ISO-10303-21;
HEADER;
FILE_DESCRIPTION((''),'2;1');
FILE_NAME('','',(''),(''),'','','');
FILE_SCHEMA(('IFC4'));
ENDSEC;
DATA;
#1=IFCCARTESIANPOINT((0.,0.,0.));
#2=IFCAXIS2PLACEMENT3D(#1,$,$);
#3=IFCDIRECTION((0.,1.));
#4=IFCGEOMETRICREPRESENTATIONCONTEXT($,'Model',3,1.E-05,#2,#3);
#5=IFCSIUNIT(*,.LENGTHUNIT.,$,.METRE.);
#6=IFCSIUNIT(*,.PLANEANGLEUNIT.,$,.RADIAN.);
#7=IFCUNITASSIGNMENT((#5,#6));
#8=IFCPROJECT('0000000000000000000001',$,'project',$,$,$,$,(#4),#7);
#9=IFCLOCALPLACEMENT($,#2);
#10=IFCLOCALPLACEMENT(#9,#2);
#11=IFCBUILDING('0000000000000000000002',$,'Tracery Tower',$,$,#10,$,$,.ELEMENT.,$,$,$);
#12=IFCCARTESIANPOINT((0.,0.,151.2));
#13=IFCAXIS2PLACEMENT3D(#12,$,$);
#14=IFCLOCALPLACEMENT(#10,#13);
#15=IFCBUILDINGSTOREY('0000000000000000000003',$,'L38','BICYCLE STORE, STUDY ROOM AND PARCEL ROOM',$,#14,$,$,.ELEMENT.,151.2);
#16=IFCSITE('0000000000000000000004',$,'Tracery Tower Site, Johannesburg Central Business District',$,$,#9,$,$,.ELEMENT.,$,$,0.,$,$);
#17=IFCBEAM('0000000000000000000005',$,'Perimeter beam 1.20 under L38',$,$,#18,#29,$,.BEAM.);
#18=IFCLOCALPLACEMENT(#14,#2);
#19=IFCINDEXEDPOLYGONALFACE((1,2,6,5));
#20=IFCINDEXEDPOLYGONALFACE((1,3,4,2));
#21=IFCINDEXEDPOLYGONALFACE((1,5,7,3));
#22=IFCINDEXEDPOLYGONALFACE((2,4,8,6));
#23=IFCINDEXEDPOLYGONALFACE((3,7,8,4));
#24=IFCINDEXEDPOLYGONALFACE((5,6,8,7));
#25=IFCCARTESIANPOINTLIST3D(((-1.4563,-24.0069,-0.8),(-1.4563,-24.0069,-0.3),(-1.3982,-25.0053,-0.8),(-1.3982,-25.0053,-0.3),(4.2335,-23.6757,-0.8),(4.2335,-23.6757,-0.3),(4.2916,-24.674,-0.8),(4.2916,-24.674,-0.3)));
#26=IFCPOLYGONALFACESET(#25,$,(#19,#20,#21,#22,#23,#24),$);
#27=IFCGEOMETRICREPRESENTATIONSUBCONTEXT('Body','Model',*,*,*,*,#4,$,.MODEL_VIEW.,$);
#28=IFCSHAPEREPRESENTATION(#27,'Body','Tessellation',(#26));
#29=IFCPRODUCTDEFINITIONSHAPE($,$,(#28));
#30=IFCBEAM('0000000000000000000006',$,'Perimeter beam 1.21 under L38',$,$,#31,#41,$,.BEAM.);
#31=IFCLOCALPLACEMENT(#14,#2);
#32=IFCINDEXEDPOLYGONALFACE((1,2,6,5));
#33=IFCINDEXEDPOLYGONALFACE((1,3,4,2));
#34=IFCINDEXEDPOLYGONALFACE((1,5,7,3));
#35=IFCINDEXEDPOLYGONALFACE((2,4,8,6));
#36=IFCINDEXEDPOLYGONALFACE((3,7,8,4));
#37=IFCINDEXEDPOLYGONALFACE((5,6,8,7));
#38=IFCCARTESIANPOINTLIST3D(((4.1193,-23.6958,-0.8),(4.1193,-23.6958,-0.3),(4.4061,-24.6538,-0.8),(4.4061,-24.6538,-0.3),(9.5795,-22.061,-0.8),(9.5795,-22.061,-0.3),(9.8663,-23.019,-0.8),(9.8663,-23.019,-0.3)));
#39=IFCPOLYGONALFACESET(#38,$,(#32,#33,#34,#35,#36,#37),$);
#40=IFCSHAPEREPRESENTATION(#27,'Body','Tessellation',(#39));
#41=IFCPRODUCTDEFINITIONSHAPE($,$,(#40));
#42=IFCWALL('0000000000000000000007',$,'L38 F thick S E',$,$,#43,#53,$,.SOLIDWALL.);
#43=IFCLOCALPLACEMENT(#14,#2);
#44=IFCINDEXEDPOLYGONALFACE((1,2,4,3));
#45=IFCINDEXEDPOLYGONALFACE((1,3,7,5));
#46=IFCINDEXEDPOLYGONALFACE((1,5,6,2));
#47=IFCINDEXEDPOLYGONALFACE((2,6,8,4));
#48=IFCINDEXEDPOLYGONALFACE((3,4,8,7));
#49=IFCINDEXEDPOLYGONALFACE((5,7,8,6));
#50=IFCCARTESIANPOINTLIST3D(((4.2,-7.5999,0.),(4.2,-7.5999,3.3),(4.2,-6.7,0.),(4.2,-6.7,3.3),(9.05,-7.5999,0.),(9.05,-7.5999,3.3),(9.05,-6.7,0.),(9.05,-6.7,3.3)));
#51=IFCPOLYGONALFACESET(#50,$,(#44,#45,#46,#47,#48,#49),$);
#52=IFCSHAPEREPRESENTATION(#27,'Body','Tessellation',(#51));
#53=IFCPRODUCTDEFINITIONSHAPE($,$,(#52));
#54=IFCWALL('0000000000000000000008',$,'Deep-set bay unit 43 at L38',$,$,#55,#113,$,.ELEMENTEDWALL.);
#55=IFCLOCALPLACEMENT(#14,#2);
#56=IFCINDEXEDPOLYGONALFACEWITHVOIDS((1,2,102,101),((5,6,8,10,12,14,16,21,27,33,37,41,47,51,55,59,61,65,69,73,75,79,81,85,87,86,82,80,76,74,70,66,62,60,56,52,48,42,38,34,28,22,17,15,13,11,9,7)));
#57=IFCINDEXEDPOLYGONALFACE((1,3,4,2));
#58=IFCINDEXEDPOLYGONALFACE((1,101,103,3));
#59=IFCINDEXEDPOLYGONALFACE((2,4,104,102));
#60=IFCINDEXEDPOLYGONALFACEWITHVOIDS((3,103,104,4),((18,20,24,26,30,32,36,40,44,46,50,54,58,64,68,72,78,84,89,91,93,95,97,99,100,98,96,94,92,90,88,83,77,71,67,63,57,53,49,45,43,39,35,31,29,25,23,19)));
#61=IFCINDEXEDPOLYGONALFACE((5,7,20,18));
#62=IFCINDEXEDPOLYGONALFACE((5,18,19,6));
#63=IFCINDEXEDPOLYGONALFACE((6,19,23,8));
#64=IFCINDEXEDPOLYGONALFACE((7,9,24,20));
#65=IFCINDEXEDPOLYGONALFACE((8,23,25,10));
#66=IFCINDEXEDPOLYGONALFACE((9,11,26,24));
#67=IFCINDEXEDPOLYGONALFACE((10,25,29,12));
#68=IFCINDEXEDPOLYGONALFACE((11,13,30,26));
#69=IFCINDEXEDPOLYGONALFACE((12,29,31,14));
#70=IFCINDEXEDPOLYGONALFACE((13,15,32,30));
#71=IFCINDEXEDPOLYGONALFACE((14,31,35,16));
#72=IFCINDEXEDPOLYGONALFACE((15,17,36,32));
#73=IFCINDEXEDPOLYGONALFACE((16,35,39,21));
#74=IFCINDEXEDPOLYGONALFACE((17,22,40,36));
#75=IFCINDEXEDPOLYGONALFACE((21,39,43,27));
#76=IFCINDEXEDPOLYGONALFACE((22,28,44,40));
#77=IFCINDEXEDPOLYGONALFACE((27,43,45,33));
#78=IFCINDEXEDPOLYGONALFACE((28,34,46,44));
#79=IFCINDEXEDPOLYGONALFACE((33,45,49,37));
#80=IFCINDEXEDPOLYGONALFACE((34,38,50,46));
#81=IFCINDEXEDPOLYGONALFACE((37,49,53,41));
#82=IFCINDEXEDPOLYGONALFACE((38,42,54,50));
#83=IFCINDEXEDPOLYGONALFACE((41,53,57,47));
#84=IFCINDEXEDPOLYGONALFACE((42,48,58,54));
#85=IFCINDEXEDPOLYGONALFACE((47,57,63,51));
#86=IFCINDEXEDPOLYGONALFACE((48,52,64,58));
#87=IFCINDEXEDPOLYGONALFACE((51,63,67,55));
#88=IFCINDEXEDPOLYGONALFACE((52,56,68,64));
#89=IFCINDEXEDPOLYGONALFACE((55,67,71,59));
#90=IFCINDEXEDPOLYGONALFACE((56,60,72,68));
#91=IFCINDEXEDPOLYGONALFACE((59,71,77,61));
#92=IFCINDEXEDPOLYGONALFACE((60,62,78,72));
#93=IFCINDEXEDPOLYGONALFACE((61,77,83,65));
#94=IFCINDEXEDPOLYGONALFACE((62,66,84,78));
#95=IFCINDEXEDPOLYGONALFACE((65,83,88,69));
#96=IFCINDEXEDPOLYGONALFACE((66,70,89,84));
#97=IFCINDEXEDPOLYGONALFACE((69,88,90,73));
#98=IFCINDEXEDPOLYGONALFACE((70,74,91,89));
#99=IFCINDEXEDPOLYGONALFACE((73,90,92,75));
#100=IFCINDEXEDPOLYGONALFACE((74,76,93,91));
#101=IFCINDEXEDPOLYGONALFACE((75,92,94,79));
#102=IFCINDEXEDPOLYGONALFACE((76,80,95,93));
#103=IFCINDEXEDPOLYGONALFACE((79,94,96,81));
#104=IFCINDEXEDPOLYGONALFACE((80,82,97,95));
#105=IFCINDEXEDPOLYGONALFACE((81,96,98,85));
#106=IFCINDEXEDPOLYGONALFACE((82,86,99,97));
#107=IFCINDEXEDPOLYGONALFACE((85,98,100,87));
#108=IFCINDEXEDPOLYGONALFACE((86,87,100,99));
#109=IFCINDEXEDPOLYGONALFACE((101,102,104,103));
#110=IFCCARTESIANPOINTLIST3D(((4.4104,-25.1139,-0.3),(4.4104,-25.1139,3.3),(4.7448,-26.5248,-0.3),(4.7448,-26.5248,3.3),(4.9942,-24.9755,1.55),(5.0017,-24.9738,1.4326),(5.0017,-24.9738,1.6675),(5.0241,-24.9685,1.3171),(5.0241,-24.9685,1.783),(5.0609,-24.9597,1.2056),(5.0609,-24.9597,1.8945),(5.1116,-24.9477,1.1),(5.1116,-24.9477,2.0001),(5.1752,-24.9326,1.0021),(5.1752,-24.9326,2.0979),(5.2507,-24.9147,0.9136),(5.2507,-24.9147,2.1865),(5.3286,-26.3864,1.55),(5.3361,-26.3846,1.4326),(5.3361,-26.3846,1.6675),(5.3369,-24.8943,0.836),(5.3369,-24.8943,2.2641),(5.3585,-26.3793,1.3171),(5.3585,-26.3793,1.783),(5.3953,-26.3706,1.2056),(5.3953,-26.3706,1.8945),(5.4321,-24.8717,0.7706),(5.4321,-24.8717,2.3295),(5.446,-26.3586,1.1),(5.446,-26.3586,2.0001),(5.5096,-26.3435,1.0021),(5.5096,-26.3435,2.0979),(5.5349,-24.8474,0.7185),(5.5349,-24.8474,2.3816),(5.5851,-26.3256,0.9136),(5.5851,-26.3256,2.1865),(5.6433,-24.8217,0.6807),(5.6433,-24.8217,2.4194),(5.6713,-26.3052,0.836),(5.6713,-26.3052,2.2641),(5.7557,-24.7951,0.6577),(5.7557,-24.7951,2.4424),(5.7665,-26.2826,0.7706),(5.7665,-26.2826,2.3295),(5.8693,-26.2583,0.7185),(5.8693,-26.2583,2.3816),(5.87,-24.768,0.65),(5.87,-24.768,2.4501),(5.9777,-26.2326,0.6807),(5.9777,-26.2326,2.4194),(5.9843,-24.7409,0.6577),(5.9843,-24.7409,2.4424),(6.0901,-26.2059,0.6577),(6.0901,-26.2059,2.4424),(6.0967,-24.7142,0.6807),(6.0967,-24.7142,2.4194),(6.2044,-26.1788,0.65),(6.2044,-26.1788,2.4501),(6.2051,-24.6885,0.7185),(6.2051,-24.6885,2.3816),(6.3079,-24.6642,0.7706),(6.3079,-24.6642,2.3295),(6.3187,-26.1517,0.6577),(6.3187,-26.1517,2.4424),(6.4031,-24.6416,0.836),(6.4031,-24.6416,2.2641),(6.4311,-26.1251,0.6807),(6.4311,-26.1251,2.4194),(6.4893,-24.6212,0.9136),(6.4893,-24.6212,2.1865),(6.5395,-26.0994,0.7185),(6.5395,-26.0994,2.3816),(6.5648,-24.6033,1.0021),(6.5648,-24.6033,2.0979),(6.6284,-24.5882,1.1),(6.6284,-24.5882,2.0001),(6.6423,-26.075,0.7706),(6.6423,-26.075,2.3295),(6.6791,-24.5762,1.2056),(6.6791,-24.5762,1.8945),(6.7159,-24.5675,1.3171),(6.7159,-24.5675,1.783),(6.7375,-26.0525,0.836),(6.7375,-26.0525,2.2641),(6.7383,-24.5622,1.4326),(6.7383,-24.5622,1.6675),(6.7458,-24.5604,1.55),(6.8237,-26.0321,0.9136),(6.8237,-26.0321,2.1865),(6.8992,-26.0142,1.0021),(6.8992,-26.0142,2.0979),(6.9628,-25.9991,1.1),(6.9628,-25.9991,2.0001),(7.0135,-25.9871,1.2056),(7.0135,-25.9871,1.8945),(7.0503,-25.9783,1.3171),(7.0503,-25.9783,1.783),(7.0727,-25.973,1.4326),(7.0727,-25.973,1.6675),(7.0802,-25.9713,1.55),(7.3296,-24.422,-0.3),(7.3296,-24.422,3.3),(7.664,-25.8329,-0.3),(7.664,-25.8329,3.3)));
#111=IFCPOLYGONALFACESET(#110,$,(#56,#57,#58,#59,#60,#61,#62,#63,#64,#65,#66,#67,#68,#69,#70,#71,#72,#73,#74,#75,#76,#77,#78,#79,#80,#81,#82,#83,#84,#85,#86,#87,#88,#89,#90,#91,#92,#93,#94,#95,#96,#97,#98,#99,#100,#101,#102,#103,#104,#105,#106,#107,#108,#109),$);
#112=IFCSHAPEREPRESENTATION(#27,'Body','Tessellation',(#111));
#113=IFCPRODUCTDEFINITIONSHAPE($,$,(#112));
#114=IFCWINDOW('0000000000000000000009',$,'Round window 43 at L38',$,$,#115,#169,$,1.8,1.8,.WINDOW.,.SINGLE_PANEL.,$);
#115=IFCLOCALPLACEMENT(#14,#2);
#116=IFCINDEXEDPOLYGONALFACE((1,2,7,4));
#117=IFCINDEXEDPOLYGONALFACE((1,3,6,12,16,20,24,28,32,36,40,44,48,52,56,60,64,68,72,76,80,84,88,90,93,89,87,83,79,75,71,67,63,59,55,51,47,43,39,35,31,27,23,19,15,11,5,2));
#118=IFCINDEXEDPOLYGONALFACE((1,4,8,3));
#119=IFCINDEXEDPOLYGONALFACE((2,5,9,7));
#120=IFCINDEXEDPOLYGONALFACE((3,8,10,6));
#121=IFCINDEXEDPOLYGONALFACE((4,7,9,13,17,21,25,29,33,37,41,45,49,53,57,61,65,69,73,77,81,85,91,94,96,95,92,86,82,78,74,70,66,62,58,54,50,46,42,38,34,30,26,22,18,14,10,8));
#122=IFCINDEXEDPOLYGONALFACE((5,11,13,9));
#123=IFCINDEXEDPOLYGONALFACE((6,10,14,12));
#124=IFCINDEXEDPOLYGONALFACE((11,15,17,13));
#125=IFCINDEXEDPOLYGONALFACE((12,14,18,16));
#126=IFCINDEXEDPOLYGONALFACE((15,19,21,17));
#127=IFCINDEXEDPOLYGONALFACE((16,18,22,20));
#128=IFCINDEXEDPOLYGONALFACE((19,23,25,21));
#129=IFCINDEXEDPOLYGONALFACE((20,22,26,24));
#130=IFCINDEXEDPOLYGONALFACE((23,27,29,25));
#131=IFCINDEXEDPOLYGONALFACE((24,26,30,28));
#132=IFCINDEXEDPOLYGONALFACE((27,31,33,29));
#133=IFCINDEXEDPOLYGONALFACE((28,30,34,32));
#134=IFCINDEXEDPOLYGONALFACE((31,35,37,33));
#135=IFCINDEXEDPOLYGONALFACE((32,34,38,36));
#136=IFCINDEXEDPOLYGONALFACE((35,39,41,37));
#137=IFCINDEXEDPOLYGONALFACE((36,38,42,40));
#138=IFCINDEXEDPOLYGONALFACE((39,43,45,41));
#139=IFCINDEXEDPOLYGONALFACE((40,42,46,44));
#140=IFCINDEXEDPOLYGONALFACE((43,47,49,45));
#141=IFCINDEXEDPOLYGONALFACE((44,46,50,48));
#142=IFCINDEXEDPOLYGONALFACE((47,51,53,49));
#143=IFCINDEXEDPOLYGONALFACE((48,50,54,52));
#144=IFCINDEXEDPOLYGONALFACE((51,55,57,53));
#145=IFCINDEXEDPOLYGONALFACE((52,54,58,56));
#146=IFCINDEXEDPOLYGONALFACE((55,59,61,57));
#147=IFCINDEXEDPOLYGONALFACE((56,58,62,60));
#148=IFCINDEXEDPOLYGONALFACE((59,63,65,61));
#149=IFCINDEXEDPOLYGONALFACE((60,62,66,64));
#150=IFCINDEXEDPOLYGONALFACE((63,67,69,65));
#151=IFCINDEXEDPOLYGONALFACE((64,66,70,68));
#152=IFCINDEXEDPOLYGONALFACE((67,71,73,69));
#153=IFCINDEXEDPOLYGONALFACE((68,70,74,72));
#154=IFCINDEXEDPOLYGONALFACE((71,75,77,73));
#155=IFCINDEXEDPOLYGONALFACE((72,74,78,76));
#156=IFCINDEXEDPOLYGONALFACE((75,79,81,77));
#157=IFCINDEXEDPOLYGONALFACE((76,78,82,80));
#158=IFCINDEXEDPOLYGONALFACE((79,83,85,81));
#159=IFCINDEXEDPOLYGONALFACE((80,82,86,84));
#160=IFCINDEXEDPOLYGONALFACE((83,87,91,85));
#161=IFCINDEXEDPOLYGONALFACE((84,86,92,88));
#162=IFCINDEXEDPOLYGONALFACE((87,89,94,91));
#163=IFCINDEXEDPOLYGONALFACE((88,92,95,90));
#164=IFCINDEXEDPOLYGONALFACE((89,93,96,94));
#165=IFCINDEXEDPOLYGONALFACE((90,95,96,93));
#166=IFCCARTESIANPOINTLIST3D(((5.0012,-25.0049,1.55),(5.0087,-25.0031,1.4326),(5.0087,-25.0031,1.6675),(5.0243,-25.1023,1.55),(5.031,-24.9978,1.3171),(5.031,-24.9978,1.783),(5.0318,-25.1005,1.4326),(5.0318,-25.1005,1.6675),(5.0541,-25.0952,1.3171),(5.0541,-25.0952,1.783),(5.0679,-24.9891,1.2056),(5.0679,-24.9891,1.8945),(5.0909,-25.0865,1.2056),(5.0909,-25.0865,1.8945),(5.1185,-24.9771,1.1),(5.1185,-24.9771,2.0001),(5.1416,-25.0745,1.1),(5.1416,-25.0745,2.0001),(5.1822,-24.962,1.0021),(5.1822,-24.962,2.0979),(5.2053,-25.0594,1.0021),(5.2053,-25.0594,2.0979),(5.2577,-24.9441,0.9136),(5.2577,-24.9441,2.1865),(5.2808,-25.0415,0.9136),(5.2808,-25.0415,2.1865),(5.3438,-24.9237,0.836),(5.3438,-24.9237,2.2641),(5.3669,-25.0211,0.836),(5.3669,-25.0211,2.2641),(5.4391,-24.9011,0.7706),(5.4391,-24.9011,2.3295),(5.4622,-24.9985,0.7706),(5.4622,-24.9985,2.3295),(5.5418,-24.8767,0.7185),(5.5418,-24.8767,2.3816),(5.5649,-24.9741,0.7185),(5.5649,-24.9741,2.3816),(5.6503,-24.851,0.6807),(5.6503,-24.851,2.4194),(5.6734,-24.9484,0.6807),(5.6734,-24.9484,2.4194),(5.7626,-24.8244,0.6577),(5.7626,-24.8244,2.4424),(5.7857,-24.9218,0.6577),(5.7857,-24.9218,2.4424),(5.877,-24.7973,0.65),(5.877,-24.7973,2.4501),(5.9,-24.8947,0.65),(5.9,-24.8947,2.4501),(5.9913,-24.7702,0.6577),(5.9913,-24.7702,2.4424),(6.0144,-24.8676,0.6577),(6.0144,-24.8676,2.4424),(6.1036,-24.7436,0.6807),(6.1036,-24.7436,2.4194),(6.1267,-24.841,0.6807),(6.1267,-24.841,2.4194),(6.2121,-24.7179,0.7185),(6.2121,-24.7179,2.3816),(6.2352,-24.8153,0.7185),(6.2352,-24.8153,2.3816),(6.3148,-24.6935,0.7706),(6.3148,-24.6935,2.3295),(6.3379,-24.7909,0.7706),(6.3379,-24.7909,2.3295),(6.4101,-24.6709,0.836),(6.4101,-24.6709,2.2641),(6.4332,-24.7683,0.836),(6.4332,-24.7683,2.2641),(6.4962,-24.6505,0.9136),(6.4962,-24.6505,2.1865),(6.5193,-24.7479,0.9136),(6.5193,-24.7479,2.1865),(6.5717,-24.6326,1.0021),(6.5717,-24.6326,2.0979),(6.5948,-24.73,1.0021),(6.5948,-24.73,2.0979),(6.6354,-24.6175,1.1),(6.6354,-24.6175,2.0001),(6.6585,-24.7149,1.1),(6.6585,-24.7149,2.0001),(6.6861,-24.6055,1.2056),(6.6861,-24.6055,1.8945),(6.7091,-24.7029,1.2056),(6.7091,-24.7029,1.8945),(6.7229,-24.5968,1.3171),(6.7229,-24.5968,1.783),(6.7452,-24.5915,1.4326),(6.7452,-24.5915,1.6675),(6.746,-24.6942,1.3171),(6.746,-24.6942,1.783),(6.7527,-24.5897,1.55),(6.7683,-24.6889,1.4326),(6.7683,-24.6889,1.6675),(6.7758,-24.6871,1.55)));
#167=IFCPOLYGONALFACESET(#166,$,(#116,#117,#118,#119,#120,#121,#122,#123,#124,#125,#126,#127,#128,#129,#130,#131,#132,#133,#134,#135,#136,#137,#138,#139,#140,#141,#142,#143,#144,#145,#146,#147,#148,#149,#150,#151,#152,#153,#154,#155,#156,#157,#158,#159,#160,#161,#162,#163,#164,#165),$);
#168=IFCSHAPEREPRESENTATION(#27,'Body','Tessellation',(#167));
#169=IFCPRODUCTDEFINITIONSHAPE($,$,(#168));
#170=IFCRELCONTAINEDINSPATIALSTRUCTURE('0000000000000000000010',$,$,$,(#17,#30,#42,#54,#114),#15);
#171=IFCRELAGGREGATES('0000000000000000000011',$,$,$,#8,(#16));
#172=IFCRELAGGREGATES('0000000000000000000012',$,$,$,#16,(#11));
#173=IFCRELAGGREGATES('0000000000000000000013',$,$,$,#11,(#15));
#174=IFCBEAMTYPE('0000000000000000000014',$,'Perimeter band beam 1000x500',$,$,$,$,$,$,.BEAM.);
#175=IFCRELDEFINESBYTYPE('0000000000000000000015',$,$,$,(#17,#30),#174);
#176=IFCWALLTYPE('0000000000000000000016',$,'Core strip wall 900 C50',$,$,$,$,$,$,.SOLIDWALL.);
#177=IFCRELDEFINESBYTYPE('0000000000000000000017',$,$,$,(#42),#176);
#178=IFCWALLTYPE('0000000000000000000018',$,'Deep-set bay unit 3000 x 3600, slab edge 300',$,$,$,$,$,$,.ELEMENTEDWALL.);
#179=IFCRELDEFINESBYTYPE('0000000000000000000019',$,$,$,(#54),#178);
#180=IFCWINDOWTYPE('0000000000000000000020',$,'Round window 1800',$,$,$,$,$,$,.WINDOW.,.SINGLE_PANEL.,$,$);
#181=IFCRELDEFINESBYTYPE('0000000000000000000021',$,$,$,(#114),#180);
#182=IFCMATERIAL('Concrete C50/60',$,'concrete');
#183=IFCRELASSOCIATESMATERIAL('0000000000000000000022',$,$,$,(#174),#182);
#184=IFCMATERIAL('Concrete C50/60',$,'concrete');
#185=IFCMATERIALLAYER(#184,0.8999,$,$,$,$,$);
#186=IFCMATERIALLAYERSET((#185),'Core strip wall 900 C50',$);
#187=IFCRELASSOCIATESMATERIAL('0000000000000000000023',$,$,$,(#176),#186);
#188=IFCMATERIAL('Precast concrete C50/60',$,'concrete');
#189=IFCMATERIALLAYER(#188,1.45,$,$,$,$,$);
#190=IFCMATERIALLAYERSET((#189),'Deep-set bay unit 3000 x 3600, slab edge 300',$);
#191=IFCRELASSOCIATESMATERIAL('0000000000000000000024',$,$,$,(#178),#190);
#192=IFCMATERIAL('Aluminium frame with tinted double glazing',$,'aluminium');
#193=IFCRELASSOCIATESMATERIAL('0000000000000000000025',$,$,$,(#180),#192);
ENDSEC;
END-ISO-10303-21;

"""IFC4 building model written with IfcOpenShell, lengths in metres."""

from ifc_helpers import new_model, si_unit, direction, frame, frame_2d, origin, origin_2d, place, context, subcontext, project, spatial, rectangle, circle, extrude, material, layer, layer_set, material_profile, profile_set, type_object, element, fill, save


model = new_model("IFC4")

# Units and contexts
model_context = context("Model", 3, precision=1e-05, world=origin(), true_north=direction((0.0, 1.0)))
body_context = subcontext(model_context, "Body", "Model", "MODEL_VIEW")
ifc_project = project(units=[si_unit("LENGTHUNIT", "METRE"), si_unit("PLANEANGLEUNIT", "RADIAN")], contexts=[model_context])

# Site, building, storey
site_placement = place(None, origin())
site = spatial("IfcSite", under=ifc_project, at=site_placement, Name="Tracery Tower Site, Johannesburg Central Business District", CompositionType="ELEMENT", RefElevation=0.0)
building_placement = place(site_placement, origin())
building = spatial("IfcBuilding", under=site, at=building_placement, Name="Tracery Tower", CompositionType="ELEMENT")
storey_placement = place(building_placement, frame((0.0, 0.0, 151.2)))
storey = spatial("IfcBuildingStorey", under=building, at=storey_placement, Name="L38", Description="BICYCLE STORE, STUDY ROOM AND PARCEL ROOM", CompositionType="ELEMENT", Elevation=151.2)

# Beams
ifc_material_1 = material(Name="Concrete C50/60", Category="concrete")
ifc_material_profile_1 = material_profile(ifc_material_1, rectangle(XDim=1.0, YDim=0.5, at=origin_2d()), Name="RC 1000x500")
ifc_profile_set_1 = profile_set([ifc_material_profile_1], Name="Concrete C50/60")
beam_type = type_object("IfcBeamType", Name="Perimeter band beam 1000x500", PredefinedType="BEAM", material=ifc_profile_set_1)
beam_1_placement = place(storey_placement, frame((-1.4272, -24.5061, -0.55), z_axis=(0.998309, 0.058127, 0.0), x_axis=(-0.058127, 0.998309, 0.0)))
element("IfcBeam", 1, at=beam_1_placement, inside=storey, type_object=beam_type, Name="Perimeter beam 1.20 under L38", PredefinedType="BEAM", context=body_context, shape_type="SweptSolid", body=[
    extrude(rectangle(XDim=1.0, YDim=0.5, at=origin_2d()), origin(), (0.0, 0.0, 1.0), 5.6995),
])
beam_2_placement = place(storey_placement, frame((4.2627, -24.1748, -0.55), z_axis=(0.957985, 0.286817, 0.0), x_axis=(-0.286817, 0.957985, 0.0)))
element("IfcBeam", 2, at=beam_2_placement, inside=storey, type_object=beam_type, Name="Perimeter beam 1.21 under L38", PredefinedType="BEAM", context=body_context, shape_type="SweptSolid", body=[
    extrude(rectangle(XDim=1.0, YDim=0.5, at=origin_2d()), origin(), (0.0, 0.0, 1.0), 5.6997),
])

# Wall
ifc_material_2 = material(Name="Concrete C50/60", Category="concrete")
ifc_layer_1 = layer(ifc_material_2, 0.8999)
ifc_layer_set_1 = layer_set([ifc_layer_1], Name="Core strip wall 900 C50")
wall_type_1 = type_object("IfcWallType", Name="Core strip wall 900 C50", PredefinedType="SOLIDWALL", material=ifc_layer_set_1)
wall_1_placement = place(storey_placement, frame((4.2, -7.1499, 0.0), z_axis=(0.0, 0.0, 1.0), x_axis=(1.0, 0.0, 0.0)))
element("IfcWall", 3, at=wall_1_placement, inside=storey, type_object=wall_type_1, Name="L38 F thick S E", PredefinedType="SOLIDWALL", context=body_context, shape_type="SweptSolid", body=[
    extrude(rectangle(XDim=4.8501, YDim=0.8999, at=frame_2d((2.425, 0.0))), origin(), (0.0, 0.0, 1.0), 3.3),
])

# Wall, opening, window
ifc_material_3 = material(Name="Precast concrete C50/60", Category="concrete")
ifc_layer_2 = layer(ifc_material_3, 1.45)
ifc_layer_set_2 = layer_set([ifc_layer_2], Name="Deep-set bay unit 3000 x 3600, slab edge 300")
wall_type_2 = type_object("IfcWallType", Name="Deep-set bay unit 3000 x 3600, slab edge 300", PredefinedType="ELEMENTEDWALL", material=ifc_layer_set_2)
wall_2_placement = place(storey_placement, frame((4.5776, -25.8193, -0.3), z_axis=(0.0, 0.0, 1.0), x_axis=(0.973042, 0.230627, 0.0)))
wall_2 = element("IfcWall", 4, at=wall_2_placement, inside=storey, type_object=wall_type_2, Name="Deep-set bay unit 43 at L38", PredefinedType="ELEMENTEDWALL", context=body_context, shape_type="SweptSolid", body=[
    extrude(rectangle(XDim=3.0, YDim=1.45, at=frame_2d((1.5, 0.0))), origin(), (0.0, 0.0, 1.0), 3.6001),
])
opening_1_placement = place(wall_2_placement, frame((1.5, 0.0, 1.8501)))
opening_1 = element("IfcOpeningElement", 5, at=opening_1_placement, cuts=wall_2, PredefinedType="OPENING", context=body_context, shape_type="SweptSolid", body=[
    extrude(circle(Radius=0.9, at=origin_2d()), frame((0.0, 0.7349, 0.0), z_axis=(0.0, -1.0, 0.0), x_axis=(1.0, 0.0, 0.0)), (0.0, 0.0, 1.0), 1.47),
])
ifc_material_4 = material(Name="Aluminium frame with tinted double glazing", Category="aluminium")
window_type = type_object("IfcWindowType", Name="Round window 1800", PartitioningType="SINGLE_PANEL", PredefinedType="WINDOW", material=ifc_material_4)
window_1_placement = place(opening_1_placement, origin())
window_1 = element("IfcWindow", 6, at=window_1_placement, inside=storey, type_object=window_type, Name="Round window 43 at L38", OverallHeight=1.8, OverallWidth=1.8, PartitioningType="SINGLE_PANEL", PredefinedType="WINDOW", context=body_context, shape_type="SweptSolid", body=[
    extrude(circle(Radius=0.9, at=origin_2d()), frame((0.0, 0.6948, 0.0), z_axis=(0.0, -1.0, 0.0), x_axis=(1.0, 0.0, 0.0)), (0.0, 0.0, 1.0), 0.1001),
])
fill(opening_1, window_1)

save(model, "model.ifc")
